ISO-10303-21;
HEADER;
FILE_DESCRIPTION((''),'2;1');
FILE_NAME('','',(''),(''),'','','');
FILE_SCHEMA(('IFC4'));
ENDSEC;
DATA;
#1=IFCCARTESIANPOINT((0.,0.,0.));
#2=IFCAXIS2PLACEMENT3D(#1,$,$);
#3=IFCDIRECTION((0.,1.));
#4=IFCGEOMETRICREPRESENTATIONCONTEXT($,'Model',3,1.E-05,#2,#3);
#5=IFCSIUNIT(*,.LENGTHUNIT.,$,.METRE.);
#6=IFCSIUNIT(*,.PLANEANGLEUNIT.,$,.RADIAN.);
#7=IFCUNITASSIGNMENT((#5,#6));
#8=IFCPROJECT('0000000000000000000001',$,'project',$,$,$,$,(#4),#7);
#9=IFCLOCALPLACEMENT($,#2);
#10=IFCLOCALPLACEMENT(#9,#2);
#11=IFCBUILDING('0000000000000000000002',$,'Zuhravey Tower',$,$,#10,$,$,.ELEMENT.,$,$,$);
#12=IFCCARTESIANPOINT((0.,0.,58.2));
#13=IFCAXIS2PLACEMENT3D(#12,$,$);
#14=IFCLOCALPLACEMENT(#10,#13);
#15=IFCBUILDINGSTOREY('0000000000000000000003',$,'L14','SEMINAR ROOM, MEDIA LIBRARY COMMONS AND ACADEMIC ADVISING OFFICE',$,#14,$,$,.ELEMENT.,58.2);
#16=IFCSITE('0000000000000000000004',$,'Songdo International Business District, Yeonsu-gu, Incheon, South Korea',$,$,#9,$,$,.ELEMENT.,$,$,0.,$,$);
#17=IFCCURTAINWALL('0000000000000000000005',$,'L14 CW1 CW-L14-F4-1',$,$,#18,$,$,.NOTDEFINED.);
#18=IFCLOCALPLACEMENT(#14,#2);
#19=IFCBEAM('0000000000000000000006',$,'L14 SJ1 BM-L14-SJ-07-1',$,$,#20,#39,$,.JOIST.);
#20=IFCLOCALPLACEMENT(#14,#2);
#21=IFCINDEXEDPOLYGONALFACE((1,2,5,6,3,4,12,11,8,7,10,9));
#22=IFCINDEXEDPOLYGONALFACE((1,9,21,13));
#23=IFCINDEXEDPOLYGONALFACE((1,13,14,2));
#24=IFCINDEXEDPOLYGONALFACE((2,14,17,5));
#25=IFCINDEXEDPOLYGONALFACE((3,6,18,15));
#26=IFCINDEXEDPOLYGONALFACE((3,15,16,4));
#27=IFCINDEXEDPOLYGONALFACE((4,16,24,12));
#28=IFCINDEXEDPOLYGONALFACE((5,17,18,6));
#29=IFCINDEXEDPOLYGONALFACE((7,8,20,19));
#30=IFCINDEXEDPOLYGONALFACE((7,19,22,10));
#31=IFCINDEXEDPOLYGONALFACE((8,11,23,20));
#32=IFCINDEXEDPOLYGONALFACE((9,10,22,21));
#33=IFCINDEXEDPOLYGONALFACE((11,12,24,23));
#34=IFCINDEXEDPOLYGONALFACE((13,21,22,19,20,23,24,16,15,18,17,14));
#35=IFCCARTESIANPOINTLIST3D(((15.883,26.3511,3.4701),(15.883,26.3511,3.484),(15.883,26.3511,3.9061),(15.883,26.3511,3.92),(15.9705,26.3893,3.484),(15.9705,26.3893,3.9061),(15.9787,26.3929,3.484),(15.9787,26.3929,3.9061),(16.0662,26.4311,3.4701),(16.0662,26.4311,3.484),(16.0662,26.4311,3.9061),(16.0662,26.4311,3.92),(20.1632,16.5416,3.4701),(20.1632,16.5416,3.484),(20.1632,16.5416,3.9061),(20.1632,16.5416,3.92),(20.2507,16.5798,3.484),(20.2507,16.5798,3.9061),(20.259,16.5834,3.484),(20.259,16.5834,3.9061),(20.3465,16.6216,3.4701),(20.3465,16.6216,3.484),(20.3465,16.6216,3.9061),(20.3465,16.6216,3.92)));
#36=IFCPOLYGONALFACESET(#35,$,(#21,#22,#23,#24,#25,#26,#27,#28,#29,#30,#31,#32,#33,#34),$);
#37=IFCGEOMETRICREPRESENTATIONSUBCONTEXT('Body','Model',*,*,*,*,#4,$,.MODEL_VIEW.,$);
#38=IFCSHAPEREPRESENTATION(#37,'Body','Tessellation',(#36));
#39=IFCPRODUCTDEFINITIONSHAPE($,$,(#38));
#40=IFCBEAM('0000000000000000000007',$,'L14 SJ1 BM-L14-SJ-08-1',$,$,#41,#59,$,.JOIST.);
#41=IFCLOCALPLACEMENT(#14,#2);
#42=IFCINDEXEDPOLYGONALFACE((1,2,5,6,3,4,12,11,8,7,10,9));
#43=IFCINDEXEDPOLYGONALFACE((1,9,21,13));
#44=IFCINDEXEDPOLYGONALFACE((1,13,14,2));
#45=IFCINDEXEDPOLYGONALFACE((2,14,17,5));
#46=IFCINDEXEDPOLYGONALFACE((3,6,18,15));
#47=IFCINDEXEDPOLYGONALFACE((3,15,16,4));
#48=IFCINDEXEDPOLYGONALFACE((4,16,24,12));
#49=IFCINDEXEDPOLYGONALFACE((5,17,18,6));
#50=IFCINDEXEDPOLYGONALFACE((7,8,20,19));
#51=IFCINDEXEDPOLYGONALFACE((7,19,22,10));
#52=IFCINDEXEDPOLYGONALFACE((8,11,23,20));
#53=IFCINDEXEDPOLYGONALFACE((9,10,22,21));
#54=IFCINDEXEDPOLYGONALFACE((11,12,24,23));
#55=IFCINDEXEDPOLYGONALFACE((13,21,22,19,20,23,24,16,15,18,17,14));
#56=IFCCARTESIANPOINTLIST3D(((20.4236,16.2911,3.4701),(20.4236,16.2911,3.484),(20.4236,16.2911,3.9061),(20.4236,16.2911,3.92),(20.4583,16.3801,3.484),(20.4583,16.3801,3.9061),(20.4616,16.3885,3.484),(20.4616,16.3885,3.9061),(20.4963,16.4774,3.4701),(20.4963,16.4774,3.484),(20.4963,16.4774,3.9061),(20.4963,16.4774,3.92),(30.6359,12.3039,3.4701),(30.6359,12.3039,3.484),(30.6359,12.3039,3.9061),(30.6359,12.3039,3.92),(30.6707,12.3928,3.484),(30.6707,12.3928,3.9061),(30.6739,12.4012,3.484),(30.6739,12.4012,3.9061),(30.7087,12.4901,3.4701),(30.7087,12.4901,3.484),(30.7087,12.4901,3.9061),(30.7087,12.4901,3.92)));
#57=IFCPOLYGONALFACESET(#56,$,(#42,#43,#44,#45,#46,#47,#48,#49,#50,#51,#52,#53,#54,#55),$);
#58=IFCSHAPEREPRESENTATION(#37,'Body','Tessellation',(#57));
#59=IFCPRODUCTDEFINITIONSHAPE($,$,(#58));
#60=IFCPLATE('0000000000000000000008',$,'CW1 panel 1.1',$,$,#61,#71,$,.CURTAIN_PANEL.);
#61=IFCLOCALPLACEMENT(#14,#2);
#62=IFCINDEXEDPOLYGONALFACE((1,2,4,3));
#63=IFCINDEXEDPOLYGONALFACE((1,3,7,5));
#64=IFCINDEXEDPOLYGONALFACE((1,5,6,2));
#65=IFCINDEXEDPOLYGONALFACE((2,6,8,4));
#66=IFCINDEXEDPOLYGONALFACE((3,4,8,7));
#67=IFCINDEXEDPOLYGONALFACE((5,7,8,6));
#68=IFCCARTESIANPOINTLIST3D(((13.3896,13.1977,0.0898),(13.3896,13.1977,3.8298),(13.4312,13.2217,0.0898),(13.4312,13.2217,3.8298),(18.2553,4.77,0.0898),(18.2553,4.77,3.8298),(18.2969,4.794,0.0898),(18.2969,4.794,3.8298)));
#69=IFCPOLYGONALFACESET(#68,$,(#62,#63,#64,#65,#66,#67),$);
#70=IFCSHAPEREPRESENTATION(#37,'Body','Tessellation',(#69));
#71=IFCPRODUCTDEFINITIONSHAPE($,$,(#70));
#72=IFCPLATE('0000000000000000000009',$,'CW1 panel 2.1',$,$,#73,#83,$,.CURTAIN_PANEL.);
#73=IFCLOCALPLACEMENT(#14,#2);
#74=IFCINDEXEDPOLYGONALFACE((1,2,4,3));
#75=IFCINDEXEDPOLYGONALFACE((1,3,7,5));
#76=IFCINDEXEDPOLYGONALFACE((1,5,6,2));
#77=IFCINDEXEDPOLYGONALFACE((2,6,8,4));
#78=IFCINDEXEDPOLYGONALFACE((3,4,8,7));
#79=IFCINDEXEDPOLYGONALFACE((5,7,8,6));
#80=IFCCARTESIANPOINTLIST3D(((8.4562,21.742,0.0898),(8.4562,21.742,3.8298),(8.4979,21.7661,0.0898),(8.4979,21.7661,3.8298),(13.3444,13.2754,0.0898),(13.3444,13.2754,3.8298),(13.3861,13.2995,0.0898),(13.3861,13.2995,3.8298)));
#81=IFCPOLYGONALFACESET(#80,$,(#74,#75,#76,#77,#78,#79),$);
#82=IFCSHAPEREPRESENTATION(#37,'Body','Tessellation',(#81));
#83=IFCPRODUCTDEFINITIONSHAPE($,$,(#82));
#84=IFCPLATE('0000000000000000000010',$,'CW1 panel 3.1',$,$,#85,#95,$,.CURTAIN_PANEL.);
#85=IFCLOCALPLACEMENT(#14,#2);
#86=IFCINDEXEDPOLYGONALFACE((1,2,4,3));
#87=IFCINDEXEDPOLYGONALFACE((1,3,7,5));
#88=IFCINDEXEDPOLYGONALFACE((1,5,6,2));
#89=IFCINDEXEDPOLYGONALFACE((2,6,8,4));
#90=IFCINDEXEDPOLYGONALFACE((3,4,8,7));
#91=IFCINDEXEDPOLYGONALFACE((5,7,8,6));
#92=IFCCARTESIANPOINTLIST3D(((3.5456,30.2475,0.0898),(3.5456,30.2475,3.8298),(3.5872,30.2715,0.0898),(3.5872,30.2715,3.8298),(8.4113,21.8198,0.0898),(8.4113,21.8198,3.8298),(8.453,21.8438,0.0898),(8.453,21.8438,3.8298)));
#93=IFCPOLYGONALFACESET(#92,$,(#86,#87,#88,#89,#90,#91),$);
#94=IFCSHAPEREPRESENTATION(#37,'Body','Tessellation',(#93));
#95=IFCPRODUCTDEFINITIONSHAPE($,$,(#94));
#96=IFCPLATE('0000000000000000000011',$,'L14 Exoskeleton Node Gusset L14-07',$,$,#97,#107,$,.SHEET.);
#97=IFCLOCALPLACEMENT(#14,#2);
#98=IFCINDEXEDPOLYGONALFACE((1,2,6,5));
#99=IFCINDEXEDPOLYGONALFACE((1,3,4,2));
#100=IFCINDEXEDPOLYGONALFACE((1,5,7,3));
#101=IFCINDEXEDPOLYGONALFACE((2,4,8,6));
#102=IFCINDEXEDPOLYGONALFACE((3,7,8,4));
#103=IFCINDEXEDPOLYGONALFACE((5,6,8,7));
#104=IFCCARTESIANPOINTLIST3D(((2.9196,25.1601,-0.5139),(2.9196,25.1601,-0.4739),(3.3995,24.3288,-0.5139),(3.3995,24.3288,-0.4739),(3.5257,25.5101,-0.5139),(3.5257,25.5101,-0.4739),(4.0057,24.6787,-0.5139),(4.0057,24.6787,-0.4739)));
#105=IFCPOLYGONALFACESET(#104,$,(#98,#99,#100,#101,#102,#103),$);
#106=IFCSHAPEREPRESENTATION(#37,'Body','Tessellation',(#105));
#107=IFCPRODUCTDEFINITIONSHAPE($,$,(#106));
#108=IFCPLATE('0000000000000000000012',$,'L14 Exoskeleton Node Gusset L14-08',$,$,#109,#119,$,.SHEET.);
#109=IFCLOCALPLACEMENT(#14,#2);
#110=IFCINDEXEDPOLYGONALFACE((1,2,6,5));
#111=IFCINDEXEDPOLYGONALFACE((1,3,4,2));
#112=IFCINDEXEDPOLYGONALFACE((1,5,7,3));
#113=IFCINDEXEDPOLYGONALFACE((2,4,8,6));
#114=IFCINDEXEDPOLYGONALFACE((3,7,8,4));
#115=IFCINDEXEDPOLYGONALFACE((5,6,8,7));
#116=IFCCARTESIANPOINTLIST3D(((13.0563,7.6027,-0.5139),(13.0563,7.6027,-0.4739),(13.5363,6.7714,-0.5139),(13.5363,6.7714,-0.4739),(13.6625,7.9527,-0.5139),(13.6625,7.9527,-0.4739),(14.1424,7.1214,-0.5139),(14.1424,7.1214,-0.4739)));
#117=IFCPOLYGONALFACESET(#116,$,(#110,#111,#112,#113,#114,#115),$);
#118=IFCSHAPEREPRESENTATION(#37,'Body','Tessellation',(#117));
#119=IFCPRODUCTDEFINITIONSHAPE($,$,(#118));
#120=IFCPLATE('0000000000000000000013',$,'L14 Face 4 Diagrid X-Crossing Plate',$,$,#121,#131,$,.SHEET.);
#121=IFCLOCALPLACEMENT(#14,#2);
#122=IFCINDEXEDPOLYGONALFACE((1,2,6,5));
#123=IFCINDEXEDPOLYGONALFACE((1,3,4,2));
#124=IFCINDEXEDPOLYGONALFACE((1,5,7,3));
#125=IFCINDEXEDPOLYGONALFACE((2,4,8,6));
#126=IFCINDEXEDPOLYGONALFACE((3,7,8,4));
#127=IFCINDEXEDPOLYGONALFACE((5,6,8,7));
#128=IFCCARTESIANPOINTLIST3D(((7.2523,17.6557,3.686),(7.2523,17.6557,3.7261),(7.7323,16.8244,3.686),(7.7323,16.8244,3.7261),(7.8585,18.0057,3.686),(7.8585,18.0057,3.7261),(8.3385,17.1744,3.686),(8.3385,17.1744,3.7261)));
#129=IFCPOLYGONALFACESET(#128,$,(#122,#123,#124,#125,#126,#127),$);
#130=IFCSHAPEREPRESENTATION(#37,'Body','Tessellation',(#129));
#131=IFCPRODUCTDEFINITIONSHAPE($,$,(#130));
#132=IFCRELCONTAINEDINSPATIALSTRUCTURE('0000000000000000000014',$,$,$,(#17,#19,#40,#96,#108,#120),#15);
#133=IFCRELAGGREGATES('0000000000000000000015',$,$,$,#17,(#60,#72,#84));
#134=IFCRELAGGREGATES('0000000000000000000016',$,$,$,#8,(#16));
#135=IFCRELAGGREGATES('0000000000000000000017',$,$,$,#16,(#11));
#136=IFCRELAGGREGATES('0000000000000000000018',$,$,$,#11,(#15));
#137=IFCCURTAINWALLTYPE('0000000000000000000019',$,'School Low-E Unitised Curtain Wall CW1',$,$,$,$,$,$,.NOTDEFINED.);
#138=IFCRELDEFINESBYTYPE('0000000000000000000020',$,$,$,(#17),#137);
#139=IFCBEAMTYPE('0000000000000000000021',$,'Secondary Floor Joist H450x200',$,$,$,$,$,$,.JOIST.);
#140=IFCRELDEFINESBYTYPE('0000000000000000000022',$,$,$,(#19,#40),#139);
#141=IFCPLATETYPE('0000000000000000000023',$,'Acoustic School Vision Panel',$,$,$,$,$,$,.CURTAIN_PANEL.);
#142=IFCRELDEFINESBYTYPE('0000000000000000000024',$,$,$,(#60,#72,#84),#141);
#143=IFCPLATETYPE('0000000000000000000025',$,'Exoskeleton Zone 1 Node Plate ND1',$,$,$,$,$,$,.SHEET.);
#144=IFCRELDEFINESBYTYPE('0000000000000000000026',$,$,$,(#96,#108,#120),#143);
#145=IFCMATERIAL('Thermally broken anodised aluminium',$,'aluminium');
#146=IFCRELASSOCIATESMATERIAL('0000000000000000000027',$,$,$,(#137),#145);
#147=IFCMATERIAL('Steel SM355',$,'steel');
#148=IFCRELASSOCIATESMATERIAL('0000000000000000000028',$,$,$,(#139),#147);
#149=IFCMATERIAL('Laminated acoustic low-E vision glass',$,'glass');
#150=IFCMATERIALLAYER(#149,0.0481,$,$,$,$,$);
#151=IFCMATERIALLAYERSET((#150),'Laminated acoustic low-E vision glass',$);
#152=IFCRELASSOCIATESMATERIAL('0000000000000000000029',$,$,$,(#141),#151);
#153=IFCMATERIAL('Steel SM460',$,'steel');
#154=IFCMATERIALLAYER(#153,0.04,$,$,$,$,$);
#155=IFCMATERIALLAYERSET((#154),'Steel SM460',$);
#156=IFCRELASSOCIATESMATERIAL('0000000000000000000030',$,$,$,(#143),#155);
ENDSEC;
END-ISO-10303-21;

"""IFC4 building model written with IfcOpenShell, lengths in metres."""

from ifc_helpers import new_model, si_unit, direction, frame, origin, origin_2d, place, context, subcontext, project, spatial, rectangle, i_section, extrude, material, layer, layer_set, material_profile, profile_set, type_object, element, aggregate, save


model = new_model("IFC4")

# Units and contexts
model_context = context("Model", 3, precision=1e-05, world=origin(), true_north=direction((0.0, 1.0)))
body_context = subcontext(model_context, "Body", "Model", "MODEL_VIEW")
ifc_project = project(units=[si_unit("LENGTHUNIT", "METRE"), si_unit("PLANEANGLEUNIT", "RADIAN")], contexts=[model_context])

# Site, building, storey
site_placement = place(None, origin())
site = spatial("IfcSite", under=ifc_project, at=site_placement, Name="Songdo International Business District, Yeonsu-gu, Incheon, South Korea", CompositionType="ELEMENT", RefElevation=0.0)
building_placement = place(site_placement, origin())
building = spatial("IfcBuilding", under=site, at=building_placement, Name="Zuhravey Tower", CompositionType="ELEMENT")
storey_placement = place(building_placement, frame((0.0, 0.0, 58.2)))
storey = spatial("IfcBuildingStorey", under=building, at=storey_placement, Name="L14", Description="SEMINAR ROOM, MEDIA LIBRARY COMMONS AND ACADEMIC ADVISING OFFICE", CompositionType="ELEMENT", Elevation=58.2)

# Shared definitions
ifc_material_1 = material(Name="Thermally broken anodised aluminium", Category="aluminium")
curtain_wall_type = type_object("IfcCurtainWallType", Name="School Low-E Unitised Curtain Wall CW1", PredefinedType="NOTDEFINED", material=ifc_material_1)

# Curtain wall
curtain_wall_1_placement = place(storey_placement, origin())
curtain_wall_1 = element("IfcCurtainWall", 1, at=curtain_wall_1_placement, inside=storey, type_object=curtain_wall_type, Name="L14 CW1 CW-L14-F4-1", PredefinedType="NOTDEFINED")

# Shared definitions
ifc_material_2 = material(Name="Steel SM355", Category="steel")
ifc_material_3 = material(Name="Steel SM460", Category="steel")

# Beams
ifc_material_profile_1 = material_profile(ifc_material_2, i_section(OverallWidth=0.2, OverallDepth=0.45, WebThickness=0.009, FlangeThickness=0.0139, at=origin_2d()), Name="H-450x200x9x14")
ifc_profile_set_1 = profile_set([ifc_material_profile_1], Name="Steel SM355")
beam_type_1 = type_object("IfcBeamType", Name="Secondary Floor Joist H450x200", PredefinedType="JOIST", material=ifc_profile_set_1)
beam_1_placement = place(storey_placement, frame((15.9746, 26.3911, 3.6951), z_axis=(0.399924, -0.916549, 0.0), x_axis=(0.916549, 0.399924, 0.0)))
element("IfcBeam", 2, at=beam_1_placement, inside=storey, type_object=beam_type_1, Name="L14 SJ1 BM-L14-SJ-07-1", PredefinedType="JOIST", context=body_context, shape_type="SweptSolid", body=[
    extrude(i_section(OverallWidth=0.2, OverallDepth=0.45, WebThickness=0.009, FlangeThickness=0.0139, at=origin_2d()), origin(), (0.0, 0.0, 1.0), 10.7026),
])
beam_2_placement = place(storey_placement, frame((20.46, 16.3843, 3.6951), z_axis=(0.931517, -0.363699, 0.0), x_axis=(0.363699, 0.931517, 0.0)))
element("IfcBeam", 3, at=beam_2_placement, inside=storey, type_object=beam_type_1, Name="L14 SJ1 BM-L14-SJ-08-1", PredefinedType="JOIST", context=body_context, shape_type="SweptSolid", body=[
    extrude(i_section(OverallWidth=0.2, OverallDepth=0.45, WebThickness=0.009, FlangeThickness=0.0139, at=origin_2d()), origin(), (0.0, 0.0, 1.0), 10.9631),
])

# Plates
ifc_material_4 = material(Name="Laminated acoustic low-E vision glass", Category="glass")
ifc_layer_1 = layer(ifc_material_4, 0.0481)
ifc_layer_set_1 = layer_set([ifc_layer_1], Name="Laminated acoustic low-E vision glass")
plate_type_1 = type_object("IfcPlateType", Name="Acoustic School Vision Panel", PredefinedType="CURTAIN_PANEL", material=ifc_layer_set_1)
plate_1_placement = place(storey_placement, frame((15.8433, 8.9958, 0.0898), z_axis=(0.0, 0.0, 1.0), x_axis=(-0.5, 0.866026, 0.0)))
plate_1 = element("IfcPlate", 4, at=plate_1_placement, type_object=plate_type_1, Name="CW1 panel 1.1", PredefinedType="CURTAIN_PANEL", context=body_context, shape_type="SweptSolid", body=[
    extrude(rectangle(XDim=9.7314, YDim=0.0481, at=origin_2d()), origin(), (0.0, 0.0, 1.0), 3.74),
])
plate_2_placement = place(storey_placement, frame((10.9211, 17.5208, 0.0898), z_axis=(0.0, 0.0, 1.0), x_axis=(-0.5, 0.866026, 0.0)))
plate_2 = element("IfcPlate", 5, at=plate_2_placement, type_object=plate_type_1, Name="CW1 panel 2.1", PredefinedType="CURTAIN_PANEL", context=body_context, shape_type="SweptSolid", body=[
    extrude(rectangle(XDim=9.7764, YDim=0.0481, at=origin_2d()), origin(), (0.0, 0.0, 1.0), 3.74),
])
plate_3_placement = place(storey_placement, frame((5.9993, 26.0457, 0.0898), z_axis=(0.0, 0.0, 1.0), x_axis=(-0.5, 0.866026, 0.0)))
plate_3 = element("IfcPlate", 6, at=plate_3_placement, type_object=plate_type_1, Name="CW1 panel 3.1", PredefinedType="CURTAIN_PANEL", context=body_context, shape_type="SweptSolid", body=[
    extrude(rectangle(XDim=9.7314, YDim=0.0481, at=origin_2d()), origin(), (0.0, 0.0, 1.0), 3.74),
])
aggregate(curtain_wall_1, [plate_1, plate_2, plate_3])

# Plates
ifc_layer_2 = layer(ifc_material_3, 0.04)
ifc_layer_set_2 = layer_set([ifc_layer_2], Name="Steel SM460")
plate_type_2 = type_object("IfcPlateType", Name="Exoskeleton Zone 1 Node Plate ND1", PredefinedType="SHEET", material=ifc_layer_set_2)
for number, where, z_axis, x_axis, name in (
    (7, (3.4626, 24.9194, -0.5139), (0.0, 0.0, 1.0), (0.5, -0.866025, 0.0), "L14 Exoskeleton Node Gusset L14-07"),
    (8, (13.5994, 7.3621, -0.5139), (0.0, 0.0, 1.0), (0.5, -0.866025, 0.0), "L14 Exoskeleton Node Gusset L14-08"),
    (9, (7.7954, 17.415, 3.686), (0.0, 0.0, 1.0), (0.5, -0.866025, 0.0), "L14 Face 4 Diagrid X-Crossing Plate"),
):
    element("IfcPlate", number, at=place(storey_placement, frame(where, z_axis=z_axis, x_axis=x_axis)), inside=storey, type_object=plate_type_2, Name=name, PredefinedType="SHEET", context=body_context, shape_type="SweptSolid", body=[
        extrude(rectangle(XDim=0.96, YDim=0.7, at=origin_2d()), origin(), (0.0, 0.0, 1.0), 0.04),
    ])

save(model, "model.ifc")
